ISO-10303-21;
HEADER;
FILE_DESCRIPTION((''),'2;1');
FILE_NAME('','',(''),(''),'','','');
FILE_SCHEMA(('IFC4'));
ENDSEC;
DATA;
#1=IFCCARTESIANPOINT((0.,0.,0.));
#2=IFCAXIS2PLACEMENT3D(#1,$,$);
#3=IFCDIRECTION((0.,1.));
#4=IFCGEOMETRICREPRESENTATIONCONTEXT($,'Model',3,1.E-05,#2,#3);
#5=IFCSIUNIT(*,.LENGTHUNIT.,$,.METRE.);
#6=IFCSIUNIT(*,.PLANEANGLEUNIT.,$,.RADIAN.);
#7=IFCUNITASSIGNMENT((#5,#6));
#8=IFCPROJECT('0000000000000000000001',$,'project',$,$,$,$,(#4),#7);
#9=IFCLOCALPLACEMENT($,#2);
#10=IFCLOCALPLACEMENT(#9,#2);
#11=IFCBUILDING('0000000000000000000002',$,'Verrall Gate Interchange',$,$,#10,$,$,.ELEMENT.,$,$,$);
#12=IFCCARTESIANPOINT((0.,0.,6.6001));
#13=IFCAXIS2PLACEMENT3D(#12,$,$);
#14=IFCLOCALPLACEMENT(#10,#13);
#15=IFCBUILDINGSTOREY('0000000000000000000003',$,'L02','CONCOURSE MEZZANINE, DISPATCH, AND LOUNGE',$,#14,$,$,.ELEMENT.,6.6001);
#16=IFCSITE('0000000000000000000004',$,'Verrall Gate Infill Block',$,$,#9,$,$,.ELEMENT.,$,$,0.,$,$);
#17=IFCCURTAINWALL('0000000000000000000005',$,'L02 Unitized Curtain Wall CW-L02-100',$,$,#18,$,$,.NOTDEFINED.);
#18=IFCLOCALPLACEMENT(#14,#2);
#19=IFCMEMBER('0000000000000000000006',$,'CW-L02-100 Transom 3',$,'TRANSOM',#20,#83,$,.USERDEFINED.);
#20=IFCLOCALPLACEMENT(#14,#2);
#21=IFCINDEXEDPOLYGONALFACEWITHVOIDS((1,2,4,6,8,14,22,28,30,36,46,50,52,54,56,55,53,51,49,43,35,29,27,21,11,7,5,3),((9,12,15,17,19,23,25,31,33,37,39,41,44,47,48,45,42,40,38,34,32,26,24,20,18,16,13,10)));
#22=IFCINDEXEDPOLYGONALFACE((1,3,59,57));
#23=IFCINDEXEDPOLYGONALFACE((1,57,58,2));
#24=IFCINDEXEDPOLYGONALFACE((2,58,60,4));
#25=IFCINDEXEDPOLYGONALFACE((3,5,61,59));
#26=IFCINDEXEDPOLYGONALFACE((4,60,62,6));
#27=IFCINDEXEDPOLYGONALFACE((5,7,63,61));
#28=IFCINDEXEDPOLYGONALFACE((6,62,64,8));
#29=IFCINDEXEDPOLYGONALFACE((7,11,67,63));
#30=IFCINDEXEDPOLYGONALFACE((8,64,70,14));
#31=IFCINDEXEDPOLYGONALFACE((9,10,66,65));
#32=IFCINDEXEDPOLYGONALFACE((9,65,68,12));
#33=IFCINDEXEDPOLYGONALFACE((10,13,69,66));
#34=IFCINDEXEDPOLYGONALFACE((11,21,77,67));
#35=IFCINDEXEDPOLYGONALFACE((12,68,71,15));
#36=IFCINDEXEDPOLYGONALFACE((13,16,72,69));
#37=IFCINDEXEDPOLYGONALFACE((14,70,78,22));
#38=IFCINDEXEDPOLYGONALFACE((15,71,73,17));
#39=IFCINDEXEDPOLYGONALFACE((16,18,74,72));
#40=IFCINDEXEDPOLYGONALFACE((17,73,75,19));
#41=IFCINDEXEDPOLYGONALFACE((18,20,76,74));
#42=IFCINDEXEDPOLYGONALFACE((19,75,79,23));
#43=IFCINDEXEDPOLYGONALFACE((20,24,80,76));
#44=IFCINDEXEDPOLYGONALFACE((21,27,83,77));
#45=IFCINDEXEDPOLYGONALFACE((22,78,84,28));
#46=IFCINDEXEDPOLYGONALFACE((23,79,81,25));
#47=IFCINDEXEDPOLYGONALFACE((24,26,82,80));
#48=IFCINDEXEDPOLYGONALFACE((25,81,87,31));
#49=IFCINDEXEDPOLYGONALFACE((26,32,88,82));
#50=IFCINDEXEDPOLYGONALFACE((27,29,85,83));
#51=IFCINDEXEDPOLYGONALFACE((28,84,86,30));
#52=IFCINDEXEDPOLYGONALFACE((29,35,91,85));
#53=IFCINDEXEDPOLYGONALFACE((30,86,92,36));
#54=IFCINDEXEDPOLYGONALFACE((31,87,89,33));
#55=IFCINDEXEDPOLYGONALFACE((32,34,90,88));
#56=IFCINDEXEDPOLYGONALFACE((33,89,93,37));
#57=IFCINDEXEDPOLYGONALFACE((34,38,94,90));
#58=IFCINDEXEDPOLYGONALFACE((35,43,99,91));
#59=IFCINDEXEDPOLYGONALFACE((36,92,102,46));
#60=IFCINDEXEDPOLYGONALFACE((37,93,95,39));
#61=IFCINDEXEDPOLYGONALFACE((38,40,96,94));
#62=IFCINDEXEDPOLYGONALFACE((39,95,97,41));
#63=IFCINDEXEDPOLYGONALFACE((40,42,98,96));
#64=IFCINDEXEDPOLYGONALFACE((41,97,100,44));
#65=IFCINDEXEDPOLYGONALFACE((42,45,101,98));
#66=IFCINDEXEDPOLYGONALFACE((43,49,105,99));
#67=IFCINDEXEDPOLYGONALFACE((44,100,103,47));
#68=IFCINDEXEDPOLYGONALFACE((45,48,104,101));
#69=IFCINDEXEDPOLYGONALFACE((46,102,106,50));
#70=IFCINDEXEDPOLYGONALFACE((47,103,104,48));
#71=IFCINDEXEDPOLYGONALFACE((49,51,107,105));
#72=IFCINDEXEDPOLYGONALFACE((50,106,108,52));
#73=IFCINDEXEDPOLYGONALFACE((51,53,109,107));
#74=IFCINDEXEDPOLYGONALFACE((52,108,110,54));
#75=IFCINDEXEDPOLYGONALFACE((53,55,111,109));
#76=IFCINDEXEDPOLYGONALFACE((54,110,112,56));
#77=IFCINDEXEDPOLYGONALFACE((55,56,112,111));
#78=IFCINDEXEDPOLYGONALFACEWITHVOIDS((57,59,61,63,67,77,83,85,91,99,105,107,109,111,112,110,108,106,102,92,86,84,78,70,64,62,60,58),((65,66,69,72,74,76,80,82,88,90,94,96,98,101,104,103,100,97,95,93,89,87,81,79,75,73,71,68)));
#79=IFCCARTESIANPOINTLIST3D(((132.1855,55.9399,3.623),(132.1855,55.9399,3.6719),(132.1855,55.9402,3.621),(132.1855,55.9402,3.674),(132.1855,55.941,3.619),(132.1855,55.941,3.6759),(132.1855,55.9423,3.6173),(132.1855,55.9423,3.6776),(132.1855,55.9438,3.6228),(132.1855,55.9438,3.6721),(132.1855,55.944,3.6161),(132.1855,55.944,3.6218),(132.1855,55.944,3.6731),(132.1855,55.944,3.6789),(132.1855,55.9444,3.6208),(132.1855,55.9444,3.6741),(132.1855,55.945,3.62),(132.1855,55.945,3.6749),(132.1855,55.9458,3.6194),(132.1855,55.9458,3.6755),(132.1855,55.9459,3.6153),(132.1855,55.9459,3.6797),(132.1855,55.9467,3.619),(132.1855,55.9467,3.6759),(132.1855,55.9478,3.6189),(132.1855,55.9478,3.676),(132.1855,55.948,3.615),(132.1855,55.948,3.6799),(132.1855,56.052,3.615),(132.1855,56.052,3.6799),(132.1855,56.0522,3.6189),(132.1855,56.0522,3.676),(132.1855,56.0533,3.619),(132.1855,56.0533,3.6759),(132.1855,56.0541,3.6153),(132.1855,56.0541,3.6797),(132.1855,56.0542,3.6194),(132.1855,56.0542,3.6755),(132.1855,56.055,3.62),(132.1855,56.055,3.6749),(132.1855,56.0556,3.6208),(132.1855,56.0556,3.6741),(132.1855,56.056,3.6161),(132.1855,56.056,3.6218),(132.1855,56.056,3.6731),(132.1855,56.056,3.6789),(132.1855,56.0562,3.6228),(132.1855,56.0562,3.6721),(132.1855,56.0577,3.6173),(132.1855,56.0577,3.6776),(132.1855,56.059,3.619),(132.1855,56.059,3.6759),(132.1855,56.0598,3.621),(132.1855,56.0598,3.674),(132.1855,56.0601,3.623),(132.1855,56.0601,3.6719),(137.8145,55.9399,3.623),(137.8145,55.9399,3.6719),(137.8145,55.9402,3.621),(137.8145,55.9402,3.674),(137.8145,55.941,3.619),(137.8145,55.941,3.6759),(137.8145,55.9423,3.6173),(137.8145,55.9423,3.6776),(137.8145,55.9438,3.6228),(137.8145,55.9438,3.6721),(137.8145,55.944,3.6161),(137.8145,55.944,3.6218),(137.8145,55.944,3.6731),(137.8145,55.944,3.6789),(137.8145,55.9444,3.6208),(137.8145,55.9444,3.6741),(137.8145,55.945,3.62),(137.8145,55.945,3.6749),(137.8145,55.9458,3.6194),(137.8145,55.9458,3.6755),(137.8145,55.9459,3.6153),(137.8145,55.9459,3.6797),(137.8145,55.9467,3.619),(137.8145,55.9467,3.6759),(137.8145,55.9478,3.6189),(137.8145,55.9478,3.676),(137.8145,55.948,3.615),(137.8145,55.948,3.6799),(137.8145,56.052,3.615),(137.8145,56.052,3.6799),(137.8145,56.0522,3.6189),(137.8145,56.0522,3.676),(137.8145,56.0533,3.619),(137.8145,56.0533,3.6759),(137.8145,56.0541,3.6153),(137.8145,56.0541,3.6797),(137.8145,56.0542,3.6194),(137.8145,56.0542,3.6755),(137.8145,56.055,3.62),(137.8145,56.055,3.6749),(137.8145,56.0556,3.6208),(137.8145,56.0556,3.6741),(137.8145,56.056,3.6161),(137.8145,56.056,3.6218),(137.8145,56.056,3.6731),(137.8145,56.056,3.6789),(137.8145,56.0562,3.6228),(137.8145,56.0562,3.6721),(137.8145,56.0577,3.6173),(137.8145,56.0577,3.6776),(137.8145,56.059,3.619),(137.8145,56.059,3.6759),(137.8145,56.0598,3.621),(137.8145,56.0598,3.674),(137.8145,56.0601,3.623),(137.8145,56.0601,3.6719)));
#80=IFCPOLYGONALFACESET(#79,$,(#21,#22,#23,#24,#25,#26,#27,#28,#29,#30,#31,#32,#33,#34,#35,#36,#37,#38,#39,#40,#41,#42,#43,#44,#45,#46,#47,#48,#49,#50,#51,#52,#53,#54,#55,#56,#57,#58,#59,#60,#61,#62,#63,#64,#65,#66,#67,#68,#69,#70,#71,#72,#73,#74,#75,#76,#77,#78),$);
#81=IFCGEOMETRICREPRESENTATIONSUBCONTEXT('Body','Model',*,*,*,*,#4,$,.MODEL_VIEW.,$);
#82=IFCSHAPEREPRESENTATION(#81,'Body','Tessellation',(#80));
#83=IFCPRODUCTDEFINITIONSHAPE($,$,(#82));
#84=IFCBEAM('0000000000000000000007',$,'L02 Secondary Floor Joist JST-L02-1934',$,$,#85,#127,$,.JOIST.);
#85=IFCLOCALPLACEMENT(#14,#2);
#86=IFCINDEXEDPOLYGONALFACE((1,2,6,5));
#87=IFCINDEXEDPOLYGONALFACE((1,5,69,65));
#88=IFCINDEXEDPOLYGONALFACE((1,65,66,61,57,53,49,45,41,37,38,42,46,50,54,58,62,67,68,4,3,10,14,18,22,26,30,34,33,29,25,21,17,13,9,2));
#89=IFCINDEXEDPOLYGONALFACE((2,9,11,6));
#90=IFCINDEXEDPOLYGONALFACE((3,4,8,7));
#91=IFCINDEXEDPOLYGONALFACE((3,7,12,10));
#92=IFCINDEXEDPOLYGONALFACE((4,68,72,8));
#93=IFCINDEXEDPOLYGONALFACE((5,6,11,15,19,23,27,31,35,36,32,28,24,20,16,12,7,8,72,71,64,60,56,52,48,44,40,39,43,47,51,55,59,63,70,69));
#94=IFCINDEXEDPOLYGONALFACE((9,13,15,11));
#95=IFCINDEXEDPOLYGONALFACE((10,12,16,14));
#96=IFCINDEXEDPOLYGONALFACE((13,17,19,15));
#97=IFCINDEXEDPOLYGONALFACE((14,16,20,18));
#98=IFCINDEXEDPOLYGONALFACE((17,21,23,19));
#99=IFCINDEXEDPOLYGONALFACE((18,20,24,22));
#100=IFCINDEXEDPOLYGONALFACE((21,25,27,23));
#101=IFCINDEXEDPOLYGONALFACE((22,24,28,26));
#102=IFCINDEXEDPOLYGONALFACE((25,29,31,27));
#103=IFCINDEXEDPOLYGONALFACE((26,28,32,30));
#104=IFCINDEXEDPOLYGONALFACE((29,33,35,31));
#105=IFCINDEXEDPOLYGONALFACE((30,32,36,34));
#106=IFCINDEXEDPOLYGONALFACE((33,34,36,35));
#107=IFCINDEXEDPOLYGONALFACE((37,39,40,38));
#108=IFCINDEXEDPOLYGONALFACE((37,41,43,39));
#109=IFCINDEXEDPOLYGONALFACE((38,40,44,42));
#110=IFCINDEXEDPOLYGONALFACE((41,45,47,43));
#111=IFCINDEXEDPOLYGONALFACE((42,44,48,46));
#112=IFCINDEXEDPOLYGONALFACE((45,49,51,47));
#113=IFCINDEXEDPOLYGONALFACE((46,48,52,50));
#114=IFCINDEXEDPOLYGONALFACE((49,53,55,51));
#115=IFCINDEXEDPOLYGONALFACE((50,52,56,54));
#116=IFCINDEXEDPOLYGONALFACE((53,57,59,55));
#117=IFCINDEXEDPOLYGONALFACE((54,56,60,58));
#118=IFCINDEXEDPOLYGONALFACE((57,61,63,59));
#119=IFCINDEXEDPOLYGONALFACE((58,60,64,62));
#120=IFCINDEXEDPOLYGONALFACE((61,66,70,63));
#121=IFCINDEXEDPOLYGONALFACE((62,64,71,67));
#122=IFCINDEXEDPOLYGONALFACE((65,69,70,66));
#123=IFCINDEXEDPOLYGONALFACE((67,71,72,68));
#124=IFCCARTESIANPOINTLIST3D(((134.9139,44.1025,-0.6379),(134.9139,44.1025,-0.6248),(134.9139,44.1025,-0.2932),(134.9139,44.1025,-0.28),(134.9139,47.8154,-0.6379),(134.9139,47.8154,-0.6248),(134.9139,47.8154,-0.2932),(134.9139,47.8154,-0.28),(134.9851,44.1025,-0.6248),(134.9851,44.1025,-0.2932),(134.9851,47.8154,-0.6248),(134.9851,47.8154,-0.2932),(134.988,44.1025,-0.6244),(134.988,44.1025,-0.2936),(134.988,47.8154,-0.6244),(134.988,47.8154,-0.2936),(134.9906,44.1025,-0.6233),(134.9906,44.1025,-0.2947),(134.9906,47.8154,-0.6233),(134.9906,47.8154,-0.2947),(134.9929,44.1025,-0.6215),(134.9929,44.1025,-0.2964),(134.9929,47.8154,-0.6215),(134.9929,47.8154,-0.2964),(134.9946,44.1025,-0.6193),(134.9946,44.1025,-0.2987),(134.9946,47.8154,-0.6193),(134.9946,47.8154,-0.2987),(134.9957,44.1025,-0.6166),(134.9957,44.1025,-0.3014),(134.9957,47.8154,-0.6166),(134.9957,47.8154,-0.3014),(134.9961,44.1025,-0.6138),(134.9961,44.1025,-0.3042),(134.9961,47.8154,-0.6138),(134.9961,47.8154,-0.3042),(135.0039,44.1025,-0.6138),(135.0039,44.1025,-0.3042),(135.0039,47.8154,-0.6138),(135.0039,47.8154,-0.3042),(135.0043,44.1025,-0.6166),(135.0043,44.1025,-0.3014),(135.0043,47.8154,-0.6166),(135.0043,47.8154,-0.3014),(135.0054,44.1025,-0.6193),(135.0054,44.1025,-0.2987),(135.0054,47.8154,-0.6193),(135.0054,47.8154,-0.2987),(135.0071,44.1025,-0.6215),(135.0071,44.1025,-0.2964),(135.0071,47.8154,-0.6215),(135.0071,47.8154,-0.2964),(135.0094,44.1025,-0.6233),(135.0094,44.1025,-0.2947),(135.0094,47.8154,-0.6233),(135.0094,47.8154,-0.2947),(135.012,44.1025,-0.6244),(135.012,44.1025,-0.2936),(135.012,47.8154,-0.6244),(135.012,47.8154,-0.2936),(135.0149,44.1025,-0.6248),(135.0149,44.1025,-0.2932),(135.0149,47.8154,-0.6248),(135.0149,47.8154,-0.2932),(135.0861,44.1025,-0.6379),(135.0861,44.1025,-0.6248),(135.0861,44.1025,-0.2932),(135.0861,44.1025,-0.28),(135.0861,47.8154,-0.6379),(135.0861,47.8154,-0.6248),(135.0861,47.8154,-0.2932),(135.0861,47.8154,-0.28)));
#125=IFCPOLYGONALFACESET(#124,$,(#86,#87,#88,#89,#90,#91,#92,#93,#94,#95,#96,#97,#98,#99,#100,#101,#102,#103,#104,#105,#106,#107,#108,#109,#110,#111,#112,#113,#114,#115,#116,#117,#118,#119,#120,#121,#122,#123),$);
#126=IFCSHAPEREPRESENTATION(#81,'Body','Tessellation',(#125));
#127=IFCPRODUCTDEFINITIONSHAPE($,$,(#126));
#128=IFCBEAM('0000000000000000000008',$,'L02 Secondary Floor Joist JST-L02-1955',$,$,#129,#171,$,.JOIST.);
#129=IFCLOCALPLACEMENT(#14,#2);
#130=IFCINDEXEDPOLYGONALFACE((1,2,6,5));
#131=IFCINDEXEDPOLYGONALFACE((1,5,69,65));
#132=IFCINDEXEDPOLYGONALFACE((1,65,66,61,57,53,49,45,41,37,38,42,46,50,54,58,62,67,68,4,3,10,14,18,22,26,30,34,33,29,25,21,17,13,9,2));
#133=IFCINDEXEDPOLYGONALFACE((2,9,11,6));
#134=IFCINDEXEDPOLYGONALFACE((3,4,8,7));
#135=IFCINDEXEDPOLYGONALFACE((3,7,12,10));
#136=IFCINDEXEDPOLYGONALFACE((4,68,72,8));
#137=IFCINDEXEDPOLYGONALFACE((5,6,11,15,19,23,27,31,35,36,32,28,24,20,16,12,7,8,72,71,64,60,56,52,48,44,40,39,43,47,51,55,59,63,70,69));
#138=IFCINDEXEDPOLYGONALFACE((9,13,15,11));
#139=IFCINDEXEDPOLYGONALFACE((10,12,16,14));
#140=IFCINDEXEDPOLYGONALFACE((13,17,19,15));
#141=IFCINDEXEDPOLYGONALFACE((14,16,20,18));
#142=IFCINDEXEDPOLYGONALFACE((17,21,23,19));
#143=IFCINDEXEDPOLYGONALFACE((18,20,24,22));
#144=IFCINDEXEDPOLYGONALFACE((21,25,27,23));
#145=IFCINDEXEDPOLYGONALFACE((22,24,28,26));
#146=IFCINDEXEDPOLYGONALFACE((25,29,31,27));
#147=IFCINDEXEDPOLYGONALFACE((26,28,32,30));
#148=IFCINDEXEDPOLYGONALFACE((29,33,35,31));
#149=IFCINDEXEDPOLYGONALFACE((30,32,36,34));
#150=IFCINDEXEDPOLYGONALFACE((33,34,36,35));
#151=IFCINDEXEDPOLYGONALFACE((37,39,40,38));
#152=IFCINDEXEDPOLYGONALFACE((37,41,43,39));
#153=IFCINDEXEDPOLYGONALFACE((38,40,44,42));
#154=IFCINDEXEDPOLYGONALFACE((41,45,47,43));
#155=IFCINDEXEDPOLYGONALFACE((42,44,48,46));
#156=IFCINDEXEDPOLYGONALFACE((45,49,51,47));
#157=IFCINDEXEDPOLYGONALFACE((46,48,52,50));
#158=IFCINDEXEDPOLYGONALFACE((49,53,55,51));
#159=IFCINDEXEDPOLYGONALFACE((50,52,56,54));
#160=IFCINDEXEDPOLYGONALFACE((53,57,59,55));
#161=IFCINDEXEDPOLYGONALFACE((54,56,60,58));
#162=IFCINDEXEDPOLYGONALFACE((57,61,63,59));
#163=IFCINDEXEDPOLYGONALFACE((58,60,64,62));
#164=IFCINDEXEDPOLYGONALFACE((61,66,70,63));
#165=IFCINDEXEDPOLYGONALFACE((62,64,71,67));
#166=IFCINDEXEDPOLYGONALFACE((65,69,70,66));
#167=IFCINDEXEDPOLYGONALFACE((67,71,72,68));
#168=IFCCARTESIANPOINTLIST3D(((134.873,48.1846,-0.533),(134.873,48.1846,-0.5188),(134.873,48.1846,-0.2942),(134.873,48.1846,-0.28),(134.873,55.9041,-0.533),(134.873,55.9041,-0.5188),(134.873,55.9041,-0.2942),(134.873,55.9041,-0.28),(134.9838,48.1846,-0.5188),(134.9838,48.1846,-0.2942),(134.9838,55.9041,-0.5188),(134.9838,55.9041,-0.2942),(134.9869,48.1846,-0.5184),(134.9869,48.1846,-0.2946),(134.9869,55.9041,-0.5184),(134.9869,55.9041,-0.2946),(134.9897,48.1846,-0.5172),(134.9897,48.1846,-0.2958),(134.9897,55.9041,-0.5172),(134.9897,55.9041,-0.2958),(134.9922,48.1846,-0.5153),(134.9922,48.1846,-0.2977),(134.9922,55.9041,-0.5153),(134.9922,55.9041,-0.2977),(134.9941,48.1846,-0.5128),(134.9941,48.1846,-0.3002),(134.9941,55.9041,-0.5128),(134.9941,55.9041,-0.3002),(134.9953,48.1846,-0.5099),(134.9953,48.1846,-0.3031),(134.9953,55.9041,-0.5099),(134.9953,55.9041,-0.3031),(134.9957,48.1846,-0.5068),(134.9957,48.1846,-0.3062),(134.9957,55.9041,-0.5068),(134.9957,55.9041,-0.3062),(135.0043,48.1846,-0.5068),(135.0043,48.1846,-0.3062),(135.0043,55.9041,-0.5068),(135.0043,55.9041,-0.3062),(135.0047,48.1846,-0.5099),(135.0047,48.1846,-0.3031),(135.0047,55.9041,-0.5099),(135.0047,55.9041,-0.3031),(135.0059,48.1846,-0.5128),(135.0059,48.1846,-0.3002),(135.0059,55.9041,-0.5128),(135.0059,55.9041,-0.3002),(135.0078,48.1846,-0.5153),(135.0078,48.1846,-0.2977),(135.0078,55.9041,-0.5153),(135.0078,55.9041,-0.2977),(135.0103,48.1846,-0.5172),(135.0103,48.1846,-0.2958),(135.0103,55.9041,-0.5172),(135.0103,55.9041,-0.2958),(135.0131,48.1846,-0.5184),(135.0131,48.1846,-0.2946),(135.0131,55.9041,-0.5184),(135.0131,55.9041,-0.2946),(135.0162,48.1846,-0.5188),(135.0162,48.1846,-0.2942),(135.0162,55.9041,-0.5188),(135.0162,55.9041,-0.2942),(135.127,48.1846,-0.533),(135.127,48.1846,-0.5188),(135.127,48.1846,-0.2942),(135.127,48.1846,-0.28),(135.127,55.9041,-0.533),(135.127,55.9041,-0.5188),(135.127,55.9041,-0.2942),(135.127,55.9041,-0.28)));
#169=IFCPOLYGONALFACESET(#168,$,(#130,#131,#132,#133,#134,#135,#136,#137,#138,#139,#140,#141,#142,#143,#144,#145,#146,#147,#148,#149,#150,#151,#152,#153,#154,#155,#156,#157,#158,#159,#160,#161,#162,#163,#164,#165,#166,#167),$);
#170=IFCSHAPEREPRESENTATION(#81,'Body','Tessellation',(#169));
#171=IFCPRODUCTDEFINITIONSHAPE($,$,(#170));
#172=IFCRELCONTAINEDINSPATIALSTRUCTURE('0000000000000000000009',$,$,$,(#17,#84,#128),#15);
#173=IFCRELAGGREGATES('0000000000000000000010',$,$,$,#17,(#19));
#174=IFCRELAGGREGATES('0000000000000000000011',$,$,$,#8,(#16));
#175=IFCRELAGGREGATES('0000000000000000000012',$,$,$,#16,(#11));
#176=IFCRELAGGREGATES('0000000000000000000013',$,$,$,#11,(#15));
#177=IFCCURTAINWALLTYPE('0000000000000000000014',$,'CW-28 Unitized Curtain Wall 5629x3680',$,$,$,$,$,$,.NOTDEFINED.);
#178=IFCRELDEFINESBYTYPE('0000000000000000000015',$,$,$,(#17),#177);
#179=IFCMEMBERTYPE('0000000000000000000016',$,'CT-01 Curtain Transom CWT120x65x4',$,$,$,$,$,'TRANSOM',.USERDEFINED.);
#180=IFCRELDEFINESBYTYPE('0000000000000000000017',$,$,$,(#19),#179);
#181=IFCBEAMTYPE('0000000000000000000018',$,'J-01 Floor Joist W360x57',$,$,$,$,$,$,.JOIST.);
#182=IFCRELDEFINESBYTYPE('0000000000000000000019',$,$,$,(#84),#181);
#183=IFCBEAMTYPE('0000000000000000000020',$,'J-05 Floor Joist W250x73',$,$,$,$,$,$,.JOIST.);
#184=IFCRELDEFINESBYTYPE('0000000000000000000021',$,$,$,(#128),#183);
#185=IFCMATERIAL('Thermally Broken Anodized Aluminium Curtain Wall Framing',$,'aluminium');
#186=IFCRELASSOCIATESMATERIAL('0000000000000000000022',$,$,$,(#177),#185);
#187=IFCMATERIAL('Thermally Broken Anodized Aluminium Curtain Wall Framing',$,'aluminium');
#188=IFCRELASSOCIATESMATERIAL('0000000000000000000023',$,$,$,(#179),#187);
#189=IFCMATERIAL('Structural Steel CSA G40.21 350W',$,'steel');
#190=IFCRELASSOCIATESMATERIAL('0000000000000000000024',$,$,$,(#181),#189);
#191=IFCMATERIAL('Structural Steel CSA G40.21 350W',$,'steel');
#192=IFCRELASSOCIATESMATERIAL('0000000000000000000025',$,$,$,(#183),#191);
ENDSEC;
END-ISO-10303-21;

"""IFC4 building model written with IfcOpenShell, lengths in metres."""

from ifc_helpers import new_model, si_unit, direction, frame, origin, origin_2d, place, context, subcontext, project, spatial, hollow_rectangle, i_section, extrude, material, material_profile, profile_set, type_object, element, aggregate, save


model = new_model("IFC4")

# Units and contexts
model_context = context("Model", 3, precision=1e-05, world=origin(), true_north=direction((0.0, 1.0)))
body_context = subcontext(model_context, "Body", "Model", "MODEL_VIEW")
ifc_project = project(units=[si_unit("LENGTHUNIT", "METRE"), si_unit("PLANEANGLEUNIT", "RADIAN")], contexts=[model_context])

# Site, building, storey
site_placement = place(None, origin())
site = spatial("IfcSite", under=ifc_project, at=site_placement, Name="Verrall Gate Infill Block", CompositionType="ELEMENT", RefElevation=0.0)
building_placement = place(site_placement, origin())
building = spatial("IfcBuilding", under=site, at=building_placement, Name="Verrall Gate Interchange", CompositionType="ELEMENT")
storey_placement = place(building_placement, frame((0.0, 0.0, 6.6001)))
storey = spatial("IfcBuildingStorey", under=building, at=storey_placement, Name="L02", Description="CONCOURSE MEZZANINE, DISPATCH, AND LOUNGE", CompositionType="ELEMENT", Elevation=6.6001)

# Curtain wall
ifc_material_1 = material(Name="Thermally Broken Anodized Aluminium Curtain Wall Framing", Category="aluminium")
curtain_wall_type = type_object("IfcCurtainWallType", Name="CW-28 Unitized Curtain Wall 5629x3680", PredefinedType="NOTDEFINED", material=ifc_material_1)
curtain_wall_1_placement = place(storey_placement, origin())
curtain_wall_1 = element("IfcCurtainWall", 1, at=curtain_wall_1_placement, inside=storey, type_object=curtain_wall_type, Name="L02 Unitized Curtain Wall CW-L02-100", PredefinedType="NOTDEFINED")

# Member
ifc_material_2 = material(Name="Thermally Broken Anodized Aluminium Curtain Wall Framing", Category="aluminium")
ifc_material_profile_1 = material_profile(ifc_material_2, hollow_rectangle(XDim=0.1201, YDim=0.0649, WallThickness=0.0039, InnerFilletRadius=0.0039, OuterFilletRadius=0.0081, at=origin_2d()), Name="CWT120x65x4")
ifc_profile_set_1 = profile_set([ifc_material_profile_1], Name="Thermally Broken Anodized Aluminium Curtain Wall Framing")
member_type_1 = type_object("IfcMemberType", Name="CT-01 Curtain Transom CWT120x65x4", ElementType="TRANSOM", PredefinedType="USERDEFINED", material=ifc_profile_set_1)
member_1_placement = place(storey_placement, frame((137.8145, 56.0, 3.6475), z_axis=(-1.0, 0.0, 0.0), x_axis=(0.0, -1.0, 0.0)))
member_1 = element("IfcMember", 2, at=member_1_placement, type_object=member_type_1, Name="CW-L02-100 Transom 3", ObjectType="TRANSOM", PredefinedType="USERDEFINED", context=body_context, shape_type="SweptSolid", body=[
    extrude(hollow_rectangle(XDim=0.1201, YDim=0.0649, WallThickness=0.0039, InnerFilletRadius=0.0039, OuterFilletRadius=0.0081, at=origin_2d()), origin(), (0.0, 0.0, 1.0), 5.6289),
])

# Beams
ifc_material_3 = material(Name="Structural Steel CSA G40.21 350W", Category="steel")
ifc_material_profile_2 = material_profile(ifc_material_3, i_section(OverallWidth=0.1721, OverallDepth=0.3579, WebThickness=0.0078, FlangeThickness=0.0132, FilletRadius=0.011, at=origin_2d()), Name="W360x57")
ifc_profile_set_2 = profile_set([ifc_material_profile_2], Name="Structural Steel CSA G40.21 350W")
beam_type_1 = type_object("IfcBeamType", Name="J-01 Floor Joist W360x57", PredefinedType="JOIST", material=ifc_profile_set_2)
beam_1_placement = place(storey_placement, frame((135.0, 44.1025, -0.459), z_axis=(0.0, 1.0, 0.0), x_axis=(-1.0, 0.0, 0.0)))
element("IfcBeam", 3, at=beam_1_placement, inside=storey, type_object=beam_type_1, Name="L02 Secondary Floor Joist JST-L02-1934", PredefinedType="JOIST", context=body_context, shape_type="SweptSolid", body=[
    extrude(i_section(OverallWidth=0.1721, OverallDepth=0.3579, WebThickness=0.0078, FlangeThickness=0.0132, FilletRadius=0.011, at=origin_2d()), origin(), (0.0, 0.0, 1.0), 3.7129),
])
ifc_material_4 = material(Name="Structural Steel CSA G40.21 350W", Category="steel")
ifc_material_profile_3 = material_profile(ifc_material_4, i_section(OverallWidth=0.2539, OverallDepth=0.2529, WebThickness=0.0085, FlangeThickness=0.0142, FilletRadius=0.012, at=origin_2d()), Name="W250x73")
ifc_profile_set_3 = profile_set([ifc_material_profile_3], Name="Structural Steel CSA G40.21 350W")
beam_type_2 = type_object("IfcBeamType", Name="J-05 Floor Joist W250x73", PredefinedType="JOIST", material=ifc_profile_set_3)
beam_2_placement = place(storey_placement, frame((135.0, 48.1846, -0.4065), z_axis=(0.0, 1.0, 0.0), x_axis=(-1.0, 0.0, 0.0)))
element("IfcBeam", 4, at=beam_2_placement, inside=storey, type_object=beam_type_2, Name="L02 Secondary Floor Joist JST-L02-1955", PredefinedType="JOIST", context=body_context, shape_type="SweptSolid", body=[
    extrude(i_section(OverallWidth=0.2539, OverallDepth=0.2529, WebThickness=0.0085, FlangeThickness=0.0142, FilletRadius=0.012, at=origin_2d()), origin(), (0.0, 0.0, 1.0), 7.7195),
])

aggregate(curtain_wall_1, [member_1])

save(model, "model.ifc")
